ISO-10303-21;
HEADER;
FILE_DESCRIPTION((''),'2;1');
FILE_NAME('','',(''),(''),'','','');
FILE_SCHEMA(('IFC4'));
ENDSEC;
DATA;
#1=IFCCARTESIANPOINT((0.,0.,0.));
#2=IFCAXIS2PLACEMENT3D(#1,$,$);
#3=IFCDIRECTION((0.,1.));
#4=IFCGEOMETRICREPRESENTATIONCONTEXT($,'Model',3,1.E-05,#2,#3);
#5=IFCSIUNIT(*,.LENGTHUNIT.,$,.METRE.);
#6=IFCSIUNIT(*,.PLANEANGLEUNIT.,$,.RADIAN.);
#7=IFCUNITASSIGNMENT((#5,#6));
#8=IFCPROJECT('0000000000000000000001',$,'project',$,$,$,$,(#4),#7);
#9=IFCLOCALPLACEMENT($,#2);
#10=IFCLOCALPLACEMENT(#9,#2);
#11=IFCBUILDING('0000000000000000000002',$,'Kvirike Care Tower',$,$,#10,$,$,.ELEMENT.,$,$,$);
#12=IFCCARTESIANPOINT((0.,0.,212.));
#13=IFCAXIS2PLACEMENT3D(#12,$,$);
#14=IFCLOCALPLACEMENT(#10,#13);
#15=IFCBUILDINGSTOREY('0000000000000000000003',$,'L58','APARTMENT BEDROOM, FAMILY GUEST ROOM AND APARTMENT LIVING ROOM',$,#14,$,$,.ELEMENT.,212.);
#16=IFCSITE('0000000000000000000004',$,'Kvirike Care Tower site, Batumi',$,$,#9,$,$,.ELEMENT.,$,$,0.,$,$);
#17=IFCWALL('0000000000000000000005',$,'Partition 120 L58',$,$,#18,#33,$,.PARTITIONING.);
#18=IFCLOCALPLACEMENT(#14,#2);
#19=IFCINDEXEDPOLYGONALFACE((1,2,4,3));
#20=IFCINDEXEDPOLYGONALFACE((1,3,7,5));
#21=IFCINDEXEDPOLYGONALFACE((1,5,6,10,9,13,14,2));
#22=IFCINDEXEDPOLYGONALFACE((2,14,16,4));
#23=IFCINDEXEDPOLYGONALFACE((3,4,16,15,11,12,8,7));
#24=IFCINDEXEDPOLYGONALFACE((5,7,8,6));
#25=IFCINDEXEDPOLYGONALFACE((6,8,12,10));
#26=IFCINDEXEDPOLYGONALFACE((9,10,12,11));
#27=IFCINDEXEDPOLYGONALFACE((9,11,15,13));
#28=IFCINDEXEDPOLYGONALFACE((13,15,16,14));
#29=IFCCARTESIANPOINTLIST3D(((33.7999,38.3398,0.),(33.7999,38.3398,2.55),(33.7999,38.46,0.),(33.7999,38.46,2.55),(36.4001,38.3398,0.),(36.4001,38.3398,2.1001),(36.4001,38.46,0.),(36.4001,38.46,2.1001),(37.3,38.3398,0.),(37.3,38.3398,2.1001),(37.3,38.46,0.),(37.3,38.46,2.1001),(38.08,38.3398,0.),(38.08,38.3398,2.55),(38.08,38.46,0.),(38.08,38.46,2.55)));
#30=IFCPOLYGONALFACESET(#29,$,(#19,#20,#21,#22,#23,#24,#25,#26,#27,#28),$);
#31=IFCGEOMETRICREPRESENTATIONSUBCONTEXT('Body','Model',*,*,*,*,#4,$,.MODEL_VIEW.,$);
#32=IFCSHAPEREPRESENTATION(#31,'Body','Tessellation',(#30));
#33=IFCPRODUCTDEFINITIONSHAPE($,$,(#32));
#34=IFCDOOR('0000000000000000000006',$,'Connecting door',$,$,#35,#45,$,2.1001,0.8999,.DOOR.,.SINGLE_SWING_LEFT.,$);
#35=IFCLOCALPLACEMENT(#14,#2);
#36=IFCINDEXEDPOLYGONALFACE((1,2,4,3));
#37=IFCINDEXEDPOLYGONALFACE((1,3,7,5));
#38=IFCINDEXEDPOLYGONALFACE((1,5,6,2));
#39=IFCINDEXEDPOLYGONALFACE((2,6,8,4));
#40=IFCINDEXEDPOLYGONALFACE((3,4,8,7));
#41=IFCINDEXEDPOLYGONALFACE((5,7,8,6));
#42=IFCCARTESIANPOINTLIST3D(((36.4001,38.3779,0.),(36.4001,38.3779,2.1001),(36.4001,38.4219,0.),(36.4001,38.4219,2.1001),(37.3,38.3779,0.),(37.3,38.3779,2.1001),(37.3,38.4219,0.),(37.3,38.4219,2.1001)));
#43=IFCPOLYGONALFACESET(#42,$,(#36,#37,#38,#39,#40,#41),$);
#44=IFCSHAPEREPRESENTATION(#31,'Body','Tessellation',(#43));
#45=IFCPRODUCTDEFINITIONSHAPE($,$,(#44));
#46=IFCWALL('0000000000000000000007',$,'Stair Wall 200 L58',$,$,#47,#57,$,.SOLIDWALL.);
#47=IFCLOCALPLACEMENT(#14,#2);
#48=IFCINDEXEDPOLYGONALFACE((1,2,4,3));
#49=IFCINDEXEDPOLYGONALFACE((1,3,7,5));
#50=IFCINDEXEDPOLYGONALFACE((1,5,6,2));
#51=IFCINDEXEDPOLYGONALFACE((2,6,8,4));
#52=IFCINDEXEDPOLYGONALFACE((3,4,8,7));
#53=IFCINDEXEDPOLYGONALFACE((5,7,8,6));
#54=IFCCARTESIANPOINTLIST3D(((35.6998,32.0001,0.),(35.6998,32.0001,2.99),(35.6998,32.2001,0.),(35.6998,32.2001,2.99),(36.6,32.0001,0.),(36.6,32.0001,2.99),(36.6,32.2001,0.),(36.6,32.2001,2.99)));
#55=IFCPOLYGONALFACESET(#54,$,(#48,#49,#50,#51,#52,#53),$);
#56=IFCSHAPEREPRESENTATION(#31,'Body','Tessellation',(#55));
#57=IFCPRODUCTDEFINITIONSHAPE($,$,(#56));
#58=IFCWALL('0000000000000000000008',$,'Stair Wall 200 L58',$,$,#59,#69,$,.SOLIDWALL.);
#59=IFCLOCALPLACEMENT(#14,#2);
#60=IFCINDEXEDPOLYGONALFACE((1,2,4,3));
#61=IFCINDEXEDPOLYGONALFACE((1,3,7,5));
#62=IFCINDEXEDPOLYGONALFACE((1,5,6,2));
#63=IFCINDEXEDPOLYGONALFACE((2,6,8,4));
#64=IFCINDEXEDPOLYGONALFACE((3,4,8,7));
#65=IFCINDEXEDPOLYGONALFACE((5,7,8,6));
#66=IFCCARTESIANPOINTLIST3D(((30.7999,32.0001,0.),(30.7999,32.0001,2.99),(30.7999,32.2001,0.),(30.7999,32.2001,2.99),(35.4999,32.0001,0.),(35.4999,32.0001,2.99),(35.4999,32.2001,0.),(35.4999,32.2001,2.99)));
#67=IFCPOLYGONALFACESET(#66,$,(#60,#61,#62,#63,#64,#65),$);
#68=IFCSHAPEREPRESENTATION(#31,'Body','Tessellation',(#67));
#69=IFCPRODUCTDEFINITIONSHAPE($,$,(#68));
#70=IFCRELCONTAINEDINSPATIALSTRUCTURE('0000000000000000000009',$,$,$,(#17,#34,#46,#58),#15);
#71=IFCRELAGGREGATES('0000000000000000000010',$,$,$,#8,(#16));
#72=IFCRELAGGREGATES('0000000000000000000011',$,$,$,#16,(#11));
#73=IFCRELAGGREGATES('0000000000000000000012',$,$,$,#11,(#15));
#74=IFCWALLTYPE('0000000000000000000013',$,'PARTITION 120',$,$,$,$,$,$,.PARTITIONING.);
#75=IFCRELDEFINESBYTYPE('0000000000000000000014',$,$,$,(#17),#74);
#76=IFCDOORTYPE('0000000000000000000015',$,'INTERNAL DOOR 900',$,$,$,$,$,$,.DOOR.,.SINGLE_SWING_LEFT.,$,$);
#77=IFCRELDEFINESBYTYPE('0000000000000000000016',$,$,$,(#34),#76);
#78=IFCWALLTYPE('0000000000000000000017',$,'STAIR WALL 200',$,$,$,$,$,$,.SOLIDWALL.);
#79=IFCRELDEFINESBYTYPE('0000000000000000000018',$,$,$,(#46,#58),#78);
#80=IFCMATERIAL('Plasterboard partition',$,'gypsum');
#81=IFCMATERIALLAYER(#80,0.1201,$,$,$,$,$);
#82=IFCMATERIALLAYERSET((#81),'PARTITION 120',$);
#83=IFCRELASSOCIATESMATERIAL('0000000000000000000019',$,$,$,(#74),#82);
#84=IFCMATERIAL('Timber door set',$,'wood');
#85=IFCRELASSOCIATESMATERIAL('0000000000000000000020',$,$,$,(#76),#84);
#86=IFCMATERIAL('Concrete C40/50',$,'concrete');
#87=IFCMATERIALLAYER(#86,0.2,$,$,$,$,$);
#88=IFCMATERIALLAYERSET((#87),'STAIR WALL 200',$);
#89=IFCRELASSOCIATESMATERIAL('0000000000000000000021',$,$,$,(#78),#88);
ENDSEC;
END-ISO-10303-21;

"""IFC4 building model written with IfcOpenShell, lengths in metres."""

from ifc_helpers import new_model, si_unit, direction, frame, frame_2d, origin, place, context, subcontext, project, spatial, rectangle, extrude, material, layer, layer_set, type_object, element, fill, save


model = new_model("IFC4")

# Units and contexts
model_context = context("Model", 3, precision=1e-05, world=origin(), true_north=direction((0.0, 1.0)))
body_context = subcontext(model_context, "Body", "Model", "MODEL_VIEW")
ifc_project = project(units=[si_unit("LENGTHUNIT", "METRE"), si_unit("PLANEANGLEUNIT", "RADIAN")], contexts=[model_context])

# Site, building, storey
site_placement = place(None, origin())
site = spatial("IfcSite", under=ifc_project, at=site_placement, Name="Kvirike Care Tower site, Batumi", CompositionType="ELEMENT", RefElevation=0.0)
building_placement = place(site_placement, origin())
building = spatial("IfcBuilding", under=site, at=building_placement, Name="Kvirike Care Tower", CompositionType="ELEMENT")
storey_placement = place(building_placement, frame((0.0, 0.0, 212.0)))
storey = spatial("IfcBuildingStorey", under=building, at=storey_placement, Name="L58", Description="APARTMENT BEDROOM, FAMILY GUEST ROOM AND APARTMENT LIVING ROOM", CompositionType="ELEMENT", Elevation=212.0)

# Wall, opening, door
ifc_material_1 = material(Name="Plasterboard partition", Category="gypsum")
ifc_layer_1 = layer(ifc_material_1, 0.1201)
ifc_layer_set_1 = layer_set([ifc_layer_1], Name="PARTITION 120")
wall_type_1 = type_object("IfcWallType", Name="PARTITION 120", PredefinedType="PARTITIONING", material=ifc_layer_set_1)
ifc_material_2 = material(Name="Timber door set", Category="wood")
door_type = type_object("IfcDoorType", Name="INTERNAL DOOR 900", OperationType="SINGLE_SWING_LEFT", PredefinedType="DOOR", material=ifc_material_2)
wall_1_placement = place(storey_placement, frame((38.0801, 38.3999, 0.0), z_axis=(0.0, 0.0, 1.0), x_axis=(-1.0, 0.0, 0.0)))
wall_1 = element("IfcWall", 1, at=wall_1_placement, inside=storey, type_object=wall_type_1, Name="Partition 120 L58", PredefinedType="PARTITIONING", context=body_context, shape_type="SweptSolid", body=[
    extrude(rectangle(XDim=4.28, YDim=0.1201, at=frame_2d((2.1401, 0.0))), origin(), (0.0, 0.0, 1.0), 2.55),
])
opening_1_placement = place(wall_1_placement, frame((0.78, 0.0, 0.0)))
opening_1 = element("IfcOpeningElement", 2, at=opening_1_placement, cuts=wall_1, PredefinedType="OPENING", context=body_context, shape_type="SweptSolid", body=[
    extrude(rectangle(XDim=0.8999, YDim=2.1001, at=frame_2d((0.45, 1.05))), frame((0.0, 0.0706, 0.0), z_axis=(0.0, -1.0, 0.0), x_axis=(1.0, 0.0, 0.0)), (0.0, 0.0, 1.0), 0.1411),
])
door_1_placement = place(opening_1_placement, frame((0.8999, 0.0, 0.0), z_axis=(0.0, 0.0, 1.0), x_axis=(-1.0, 0.0, 0.0)))
door_1 = element("IfcDoor", 3, at=door_1_placement, inside=storey, type_object=door_type, Name="Connecting door", OperationType="SINGLE_SWING_LEFT", OverallHeight=2.1001, OverallWidth=0.8999, PredefinedType="DOOR", context=body_context, shape_type="SweptSolid", body=[
    extrude(rectangle(XDim=0.8999, YDim=2.1001, at=frame_2d((0.45, 1.05))), frame((0.0, 0.022, 0.0), z_axis=(0.0, -1.0, 0.0), x_axis=(1.0, 0.0, 0.0)), (0.0, 0.0, 1.0), 0.0439),
])
fill(opening_1, door_1)

# Walls
ifc_material_3 = material(Name="Concrete C40/50", Category="concrete")
ifc_layer_2 = layer(ifc_material_3, 0.2)
ifc_layer_set_2 = layer_set([ifc_layer_2], Name="STAIR WALL 200")
wall_type_2 = type_object("IfcWallType", Name="STAIR WALL 200", PredefinedType="SOLIDWALL", material=ifc_layer_set_2)
wall_2_placement = place(storey_placement, frame((36.6001, 32.1001, 0.0), z_axis=(0.0, 0.0, 1.0), x_axis=(-1.0, 0.0, 0.0)))
element("IfcWall", 4, at=wall_2_placement, inside=storey, type_object=wall_type_2, Name="Stair Wall 200 L58", PredefinedType="SOLIDWALL", context=body_context, shape_type="SweptSolid", body=[
    extrude(rectangle(XDim=0.9001, YDim=0.2, at=frame_2d((0.4502, 0.0))), origin(), (0.0, 0.0, 1.0), 2.99),
])
wall_3_placement = place(storey_placement, frame((35.5, 32.1001, 0.0), z_axis=(0.0, 0.0, 1.0), x_axis=(-1.0, 0.0, 0.0)))
element("IfcWall", 5, at=wall_3_placement, inside=storey, type_object=wall_type_2, Name="Stair Wall 200 L58", PredefinedType="SOLIDWALL", context=body_context, shape_type="SweptSolid", body=[
    extrude(rectangle(XDim=4.7, YDim=0.2, at=frame_2d((2.3501, 0.0))), origin(), (0.0, 0.0, 1.0), 2.99),
])

save(model, "model.ifc")
